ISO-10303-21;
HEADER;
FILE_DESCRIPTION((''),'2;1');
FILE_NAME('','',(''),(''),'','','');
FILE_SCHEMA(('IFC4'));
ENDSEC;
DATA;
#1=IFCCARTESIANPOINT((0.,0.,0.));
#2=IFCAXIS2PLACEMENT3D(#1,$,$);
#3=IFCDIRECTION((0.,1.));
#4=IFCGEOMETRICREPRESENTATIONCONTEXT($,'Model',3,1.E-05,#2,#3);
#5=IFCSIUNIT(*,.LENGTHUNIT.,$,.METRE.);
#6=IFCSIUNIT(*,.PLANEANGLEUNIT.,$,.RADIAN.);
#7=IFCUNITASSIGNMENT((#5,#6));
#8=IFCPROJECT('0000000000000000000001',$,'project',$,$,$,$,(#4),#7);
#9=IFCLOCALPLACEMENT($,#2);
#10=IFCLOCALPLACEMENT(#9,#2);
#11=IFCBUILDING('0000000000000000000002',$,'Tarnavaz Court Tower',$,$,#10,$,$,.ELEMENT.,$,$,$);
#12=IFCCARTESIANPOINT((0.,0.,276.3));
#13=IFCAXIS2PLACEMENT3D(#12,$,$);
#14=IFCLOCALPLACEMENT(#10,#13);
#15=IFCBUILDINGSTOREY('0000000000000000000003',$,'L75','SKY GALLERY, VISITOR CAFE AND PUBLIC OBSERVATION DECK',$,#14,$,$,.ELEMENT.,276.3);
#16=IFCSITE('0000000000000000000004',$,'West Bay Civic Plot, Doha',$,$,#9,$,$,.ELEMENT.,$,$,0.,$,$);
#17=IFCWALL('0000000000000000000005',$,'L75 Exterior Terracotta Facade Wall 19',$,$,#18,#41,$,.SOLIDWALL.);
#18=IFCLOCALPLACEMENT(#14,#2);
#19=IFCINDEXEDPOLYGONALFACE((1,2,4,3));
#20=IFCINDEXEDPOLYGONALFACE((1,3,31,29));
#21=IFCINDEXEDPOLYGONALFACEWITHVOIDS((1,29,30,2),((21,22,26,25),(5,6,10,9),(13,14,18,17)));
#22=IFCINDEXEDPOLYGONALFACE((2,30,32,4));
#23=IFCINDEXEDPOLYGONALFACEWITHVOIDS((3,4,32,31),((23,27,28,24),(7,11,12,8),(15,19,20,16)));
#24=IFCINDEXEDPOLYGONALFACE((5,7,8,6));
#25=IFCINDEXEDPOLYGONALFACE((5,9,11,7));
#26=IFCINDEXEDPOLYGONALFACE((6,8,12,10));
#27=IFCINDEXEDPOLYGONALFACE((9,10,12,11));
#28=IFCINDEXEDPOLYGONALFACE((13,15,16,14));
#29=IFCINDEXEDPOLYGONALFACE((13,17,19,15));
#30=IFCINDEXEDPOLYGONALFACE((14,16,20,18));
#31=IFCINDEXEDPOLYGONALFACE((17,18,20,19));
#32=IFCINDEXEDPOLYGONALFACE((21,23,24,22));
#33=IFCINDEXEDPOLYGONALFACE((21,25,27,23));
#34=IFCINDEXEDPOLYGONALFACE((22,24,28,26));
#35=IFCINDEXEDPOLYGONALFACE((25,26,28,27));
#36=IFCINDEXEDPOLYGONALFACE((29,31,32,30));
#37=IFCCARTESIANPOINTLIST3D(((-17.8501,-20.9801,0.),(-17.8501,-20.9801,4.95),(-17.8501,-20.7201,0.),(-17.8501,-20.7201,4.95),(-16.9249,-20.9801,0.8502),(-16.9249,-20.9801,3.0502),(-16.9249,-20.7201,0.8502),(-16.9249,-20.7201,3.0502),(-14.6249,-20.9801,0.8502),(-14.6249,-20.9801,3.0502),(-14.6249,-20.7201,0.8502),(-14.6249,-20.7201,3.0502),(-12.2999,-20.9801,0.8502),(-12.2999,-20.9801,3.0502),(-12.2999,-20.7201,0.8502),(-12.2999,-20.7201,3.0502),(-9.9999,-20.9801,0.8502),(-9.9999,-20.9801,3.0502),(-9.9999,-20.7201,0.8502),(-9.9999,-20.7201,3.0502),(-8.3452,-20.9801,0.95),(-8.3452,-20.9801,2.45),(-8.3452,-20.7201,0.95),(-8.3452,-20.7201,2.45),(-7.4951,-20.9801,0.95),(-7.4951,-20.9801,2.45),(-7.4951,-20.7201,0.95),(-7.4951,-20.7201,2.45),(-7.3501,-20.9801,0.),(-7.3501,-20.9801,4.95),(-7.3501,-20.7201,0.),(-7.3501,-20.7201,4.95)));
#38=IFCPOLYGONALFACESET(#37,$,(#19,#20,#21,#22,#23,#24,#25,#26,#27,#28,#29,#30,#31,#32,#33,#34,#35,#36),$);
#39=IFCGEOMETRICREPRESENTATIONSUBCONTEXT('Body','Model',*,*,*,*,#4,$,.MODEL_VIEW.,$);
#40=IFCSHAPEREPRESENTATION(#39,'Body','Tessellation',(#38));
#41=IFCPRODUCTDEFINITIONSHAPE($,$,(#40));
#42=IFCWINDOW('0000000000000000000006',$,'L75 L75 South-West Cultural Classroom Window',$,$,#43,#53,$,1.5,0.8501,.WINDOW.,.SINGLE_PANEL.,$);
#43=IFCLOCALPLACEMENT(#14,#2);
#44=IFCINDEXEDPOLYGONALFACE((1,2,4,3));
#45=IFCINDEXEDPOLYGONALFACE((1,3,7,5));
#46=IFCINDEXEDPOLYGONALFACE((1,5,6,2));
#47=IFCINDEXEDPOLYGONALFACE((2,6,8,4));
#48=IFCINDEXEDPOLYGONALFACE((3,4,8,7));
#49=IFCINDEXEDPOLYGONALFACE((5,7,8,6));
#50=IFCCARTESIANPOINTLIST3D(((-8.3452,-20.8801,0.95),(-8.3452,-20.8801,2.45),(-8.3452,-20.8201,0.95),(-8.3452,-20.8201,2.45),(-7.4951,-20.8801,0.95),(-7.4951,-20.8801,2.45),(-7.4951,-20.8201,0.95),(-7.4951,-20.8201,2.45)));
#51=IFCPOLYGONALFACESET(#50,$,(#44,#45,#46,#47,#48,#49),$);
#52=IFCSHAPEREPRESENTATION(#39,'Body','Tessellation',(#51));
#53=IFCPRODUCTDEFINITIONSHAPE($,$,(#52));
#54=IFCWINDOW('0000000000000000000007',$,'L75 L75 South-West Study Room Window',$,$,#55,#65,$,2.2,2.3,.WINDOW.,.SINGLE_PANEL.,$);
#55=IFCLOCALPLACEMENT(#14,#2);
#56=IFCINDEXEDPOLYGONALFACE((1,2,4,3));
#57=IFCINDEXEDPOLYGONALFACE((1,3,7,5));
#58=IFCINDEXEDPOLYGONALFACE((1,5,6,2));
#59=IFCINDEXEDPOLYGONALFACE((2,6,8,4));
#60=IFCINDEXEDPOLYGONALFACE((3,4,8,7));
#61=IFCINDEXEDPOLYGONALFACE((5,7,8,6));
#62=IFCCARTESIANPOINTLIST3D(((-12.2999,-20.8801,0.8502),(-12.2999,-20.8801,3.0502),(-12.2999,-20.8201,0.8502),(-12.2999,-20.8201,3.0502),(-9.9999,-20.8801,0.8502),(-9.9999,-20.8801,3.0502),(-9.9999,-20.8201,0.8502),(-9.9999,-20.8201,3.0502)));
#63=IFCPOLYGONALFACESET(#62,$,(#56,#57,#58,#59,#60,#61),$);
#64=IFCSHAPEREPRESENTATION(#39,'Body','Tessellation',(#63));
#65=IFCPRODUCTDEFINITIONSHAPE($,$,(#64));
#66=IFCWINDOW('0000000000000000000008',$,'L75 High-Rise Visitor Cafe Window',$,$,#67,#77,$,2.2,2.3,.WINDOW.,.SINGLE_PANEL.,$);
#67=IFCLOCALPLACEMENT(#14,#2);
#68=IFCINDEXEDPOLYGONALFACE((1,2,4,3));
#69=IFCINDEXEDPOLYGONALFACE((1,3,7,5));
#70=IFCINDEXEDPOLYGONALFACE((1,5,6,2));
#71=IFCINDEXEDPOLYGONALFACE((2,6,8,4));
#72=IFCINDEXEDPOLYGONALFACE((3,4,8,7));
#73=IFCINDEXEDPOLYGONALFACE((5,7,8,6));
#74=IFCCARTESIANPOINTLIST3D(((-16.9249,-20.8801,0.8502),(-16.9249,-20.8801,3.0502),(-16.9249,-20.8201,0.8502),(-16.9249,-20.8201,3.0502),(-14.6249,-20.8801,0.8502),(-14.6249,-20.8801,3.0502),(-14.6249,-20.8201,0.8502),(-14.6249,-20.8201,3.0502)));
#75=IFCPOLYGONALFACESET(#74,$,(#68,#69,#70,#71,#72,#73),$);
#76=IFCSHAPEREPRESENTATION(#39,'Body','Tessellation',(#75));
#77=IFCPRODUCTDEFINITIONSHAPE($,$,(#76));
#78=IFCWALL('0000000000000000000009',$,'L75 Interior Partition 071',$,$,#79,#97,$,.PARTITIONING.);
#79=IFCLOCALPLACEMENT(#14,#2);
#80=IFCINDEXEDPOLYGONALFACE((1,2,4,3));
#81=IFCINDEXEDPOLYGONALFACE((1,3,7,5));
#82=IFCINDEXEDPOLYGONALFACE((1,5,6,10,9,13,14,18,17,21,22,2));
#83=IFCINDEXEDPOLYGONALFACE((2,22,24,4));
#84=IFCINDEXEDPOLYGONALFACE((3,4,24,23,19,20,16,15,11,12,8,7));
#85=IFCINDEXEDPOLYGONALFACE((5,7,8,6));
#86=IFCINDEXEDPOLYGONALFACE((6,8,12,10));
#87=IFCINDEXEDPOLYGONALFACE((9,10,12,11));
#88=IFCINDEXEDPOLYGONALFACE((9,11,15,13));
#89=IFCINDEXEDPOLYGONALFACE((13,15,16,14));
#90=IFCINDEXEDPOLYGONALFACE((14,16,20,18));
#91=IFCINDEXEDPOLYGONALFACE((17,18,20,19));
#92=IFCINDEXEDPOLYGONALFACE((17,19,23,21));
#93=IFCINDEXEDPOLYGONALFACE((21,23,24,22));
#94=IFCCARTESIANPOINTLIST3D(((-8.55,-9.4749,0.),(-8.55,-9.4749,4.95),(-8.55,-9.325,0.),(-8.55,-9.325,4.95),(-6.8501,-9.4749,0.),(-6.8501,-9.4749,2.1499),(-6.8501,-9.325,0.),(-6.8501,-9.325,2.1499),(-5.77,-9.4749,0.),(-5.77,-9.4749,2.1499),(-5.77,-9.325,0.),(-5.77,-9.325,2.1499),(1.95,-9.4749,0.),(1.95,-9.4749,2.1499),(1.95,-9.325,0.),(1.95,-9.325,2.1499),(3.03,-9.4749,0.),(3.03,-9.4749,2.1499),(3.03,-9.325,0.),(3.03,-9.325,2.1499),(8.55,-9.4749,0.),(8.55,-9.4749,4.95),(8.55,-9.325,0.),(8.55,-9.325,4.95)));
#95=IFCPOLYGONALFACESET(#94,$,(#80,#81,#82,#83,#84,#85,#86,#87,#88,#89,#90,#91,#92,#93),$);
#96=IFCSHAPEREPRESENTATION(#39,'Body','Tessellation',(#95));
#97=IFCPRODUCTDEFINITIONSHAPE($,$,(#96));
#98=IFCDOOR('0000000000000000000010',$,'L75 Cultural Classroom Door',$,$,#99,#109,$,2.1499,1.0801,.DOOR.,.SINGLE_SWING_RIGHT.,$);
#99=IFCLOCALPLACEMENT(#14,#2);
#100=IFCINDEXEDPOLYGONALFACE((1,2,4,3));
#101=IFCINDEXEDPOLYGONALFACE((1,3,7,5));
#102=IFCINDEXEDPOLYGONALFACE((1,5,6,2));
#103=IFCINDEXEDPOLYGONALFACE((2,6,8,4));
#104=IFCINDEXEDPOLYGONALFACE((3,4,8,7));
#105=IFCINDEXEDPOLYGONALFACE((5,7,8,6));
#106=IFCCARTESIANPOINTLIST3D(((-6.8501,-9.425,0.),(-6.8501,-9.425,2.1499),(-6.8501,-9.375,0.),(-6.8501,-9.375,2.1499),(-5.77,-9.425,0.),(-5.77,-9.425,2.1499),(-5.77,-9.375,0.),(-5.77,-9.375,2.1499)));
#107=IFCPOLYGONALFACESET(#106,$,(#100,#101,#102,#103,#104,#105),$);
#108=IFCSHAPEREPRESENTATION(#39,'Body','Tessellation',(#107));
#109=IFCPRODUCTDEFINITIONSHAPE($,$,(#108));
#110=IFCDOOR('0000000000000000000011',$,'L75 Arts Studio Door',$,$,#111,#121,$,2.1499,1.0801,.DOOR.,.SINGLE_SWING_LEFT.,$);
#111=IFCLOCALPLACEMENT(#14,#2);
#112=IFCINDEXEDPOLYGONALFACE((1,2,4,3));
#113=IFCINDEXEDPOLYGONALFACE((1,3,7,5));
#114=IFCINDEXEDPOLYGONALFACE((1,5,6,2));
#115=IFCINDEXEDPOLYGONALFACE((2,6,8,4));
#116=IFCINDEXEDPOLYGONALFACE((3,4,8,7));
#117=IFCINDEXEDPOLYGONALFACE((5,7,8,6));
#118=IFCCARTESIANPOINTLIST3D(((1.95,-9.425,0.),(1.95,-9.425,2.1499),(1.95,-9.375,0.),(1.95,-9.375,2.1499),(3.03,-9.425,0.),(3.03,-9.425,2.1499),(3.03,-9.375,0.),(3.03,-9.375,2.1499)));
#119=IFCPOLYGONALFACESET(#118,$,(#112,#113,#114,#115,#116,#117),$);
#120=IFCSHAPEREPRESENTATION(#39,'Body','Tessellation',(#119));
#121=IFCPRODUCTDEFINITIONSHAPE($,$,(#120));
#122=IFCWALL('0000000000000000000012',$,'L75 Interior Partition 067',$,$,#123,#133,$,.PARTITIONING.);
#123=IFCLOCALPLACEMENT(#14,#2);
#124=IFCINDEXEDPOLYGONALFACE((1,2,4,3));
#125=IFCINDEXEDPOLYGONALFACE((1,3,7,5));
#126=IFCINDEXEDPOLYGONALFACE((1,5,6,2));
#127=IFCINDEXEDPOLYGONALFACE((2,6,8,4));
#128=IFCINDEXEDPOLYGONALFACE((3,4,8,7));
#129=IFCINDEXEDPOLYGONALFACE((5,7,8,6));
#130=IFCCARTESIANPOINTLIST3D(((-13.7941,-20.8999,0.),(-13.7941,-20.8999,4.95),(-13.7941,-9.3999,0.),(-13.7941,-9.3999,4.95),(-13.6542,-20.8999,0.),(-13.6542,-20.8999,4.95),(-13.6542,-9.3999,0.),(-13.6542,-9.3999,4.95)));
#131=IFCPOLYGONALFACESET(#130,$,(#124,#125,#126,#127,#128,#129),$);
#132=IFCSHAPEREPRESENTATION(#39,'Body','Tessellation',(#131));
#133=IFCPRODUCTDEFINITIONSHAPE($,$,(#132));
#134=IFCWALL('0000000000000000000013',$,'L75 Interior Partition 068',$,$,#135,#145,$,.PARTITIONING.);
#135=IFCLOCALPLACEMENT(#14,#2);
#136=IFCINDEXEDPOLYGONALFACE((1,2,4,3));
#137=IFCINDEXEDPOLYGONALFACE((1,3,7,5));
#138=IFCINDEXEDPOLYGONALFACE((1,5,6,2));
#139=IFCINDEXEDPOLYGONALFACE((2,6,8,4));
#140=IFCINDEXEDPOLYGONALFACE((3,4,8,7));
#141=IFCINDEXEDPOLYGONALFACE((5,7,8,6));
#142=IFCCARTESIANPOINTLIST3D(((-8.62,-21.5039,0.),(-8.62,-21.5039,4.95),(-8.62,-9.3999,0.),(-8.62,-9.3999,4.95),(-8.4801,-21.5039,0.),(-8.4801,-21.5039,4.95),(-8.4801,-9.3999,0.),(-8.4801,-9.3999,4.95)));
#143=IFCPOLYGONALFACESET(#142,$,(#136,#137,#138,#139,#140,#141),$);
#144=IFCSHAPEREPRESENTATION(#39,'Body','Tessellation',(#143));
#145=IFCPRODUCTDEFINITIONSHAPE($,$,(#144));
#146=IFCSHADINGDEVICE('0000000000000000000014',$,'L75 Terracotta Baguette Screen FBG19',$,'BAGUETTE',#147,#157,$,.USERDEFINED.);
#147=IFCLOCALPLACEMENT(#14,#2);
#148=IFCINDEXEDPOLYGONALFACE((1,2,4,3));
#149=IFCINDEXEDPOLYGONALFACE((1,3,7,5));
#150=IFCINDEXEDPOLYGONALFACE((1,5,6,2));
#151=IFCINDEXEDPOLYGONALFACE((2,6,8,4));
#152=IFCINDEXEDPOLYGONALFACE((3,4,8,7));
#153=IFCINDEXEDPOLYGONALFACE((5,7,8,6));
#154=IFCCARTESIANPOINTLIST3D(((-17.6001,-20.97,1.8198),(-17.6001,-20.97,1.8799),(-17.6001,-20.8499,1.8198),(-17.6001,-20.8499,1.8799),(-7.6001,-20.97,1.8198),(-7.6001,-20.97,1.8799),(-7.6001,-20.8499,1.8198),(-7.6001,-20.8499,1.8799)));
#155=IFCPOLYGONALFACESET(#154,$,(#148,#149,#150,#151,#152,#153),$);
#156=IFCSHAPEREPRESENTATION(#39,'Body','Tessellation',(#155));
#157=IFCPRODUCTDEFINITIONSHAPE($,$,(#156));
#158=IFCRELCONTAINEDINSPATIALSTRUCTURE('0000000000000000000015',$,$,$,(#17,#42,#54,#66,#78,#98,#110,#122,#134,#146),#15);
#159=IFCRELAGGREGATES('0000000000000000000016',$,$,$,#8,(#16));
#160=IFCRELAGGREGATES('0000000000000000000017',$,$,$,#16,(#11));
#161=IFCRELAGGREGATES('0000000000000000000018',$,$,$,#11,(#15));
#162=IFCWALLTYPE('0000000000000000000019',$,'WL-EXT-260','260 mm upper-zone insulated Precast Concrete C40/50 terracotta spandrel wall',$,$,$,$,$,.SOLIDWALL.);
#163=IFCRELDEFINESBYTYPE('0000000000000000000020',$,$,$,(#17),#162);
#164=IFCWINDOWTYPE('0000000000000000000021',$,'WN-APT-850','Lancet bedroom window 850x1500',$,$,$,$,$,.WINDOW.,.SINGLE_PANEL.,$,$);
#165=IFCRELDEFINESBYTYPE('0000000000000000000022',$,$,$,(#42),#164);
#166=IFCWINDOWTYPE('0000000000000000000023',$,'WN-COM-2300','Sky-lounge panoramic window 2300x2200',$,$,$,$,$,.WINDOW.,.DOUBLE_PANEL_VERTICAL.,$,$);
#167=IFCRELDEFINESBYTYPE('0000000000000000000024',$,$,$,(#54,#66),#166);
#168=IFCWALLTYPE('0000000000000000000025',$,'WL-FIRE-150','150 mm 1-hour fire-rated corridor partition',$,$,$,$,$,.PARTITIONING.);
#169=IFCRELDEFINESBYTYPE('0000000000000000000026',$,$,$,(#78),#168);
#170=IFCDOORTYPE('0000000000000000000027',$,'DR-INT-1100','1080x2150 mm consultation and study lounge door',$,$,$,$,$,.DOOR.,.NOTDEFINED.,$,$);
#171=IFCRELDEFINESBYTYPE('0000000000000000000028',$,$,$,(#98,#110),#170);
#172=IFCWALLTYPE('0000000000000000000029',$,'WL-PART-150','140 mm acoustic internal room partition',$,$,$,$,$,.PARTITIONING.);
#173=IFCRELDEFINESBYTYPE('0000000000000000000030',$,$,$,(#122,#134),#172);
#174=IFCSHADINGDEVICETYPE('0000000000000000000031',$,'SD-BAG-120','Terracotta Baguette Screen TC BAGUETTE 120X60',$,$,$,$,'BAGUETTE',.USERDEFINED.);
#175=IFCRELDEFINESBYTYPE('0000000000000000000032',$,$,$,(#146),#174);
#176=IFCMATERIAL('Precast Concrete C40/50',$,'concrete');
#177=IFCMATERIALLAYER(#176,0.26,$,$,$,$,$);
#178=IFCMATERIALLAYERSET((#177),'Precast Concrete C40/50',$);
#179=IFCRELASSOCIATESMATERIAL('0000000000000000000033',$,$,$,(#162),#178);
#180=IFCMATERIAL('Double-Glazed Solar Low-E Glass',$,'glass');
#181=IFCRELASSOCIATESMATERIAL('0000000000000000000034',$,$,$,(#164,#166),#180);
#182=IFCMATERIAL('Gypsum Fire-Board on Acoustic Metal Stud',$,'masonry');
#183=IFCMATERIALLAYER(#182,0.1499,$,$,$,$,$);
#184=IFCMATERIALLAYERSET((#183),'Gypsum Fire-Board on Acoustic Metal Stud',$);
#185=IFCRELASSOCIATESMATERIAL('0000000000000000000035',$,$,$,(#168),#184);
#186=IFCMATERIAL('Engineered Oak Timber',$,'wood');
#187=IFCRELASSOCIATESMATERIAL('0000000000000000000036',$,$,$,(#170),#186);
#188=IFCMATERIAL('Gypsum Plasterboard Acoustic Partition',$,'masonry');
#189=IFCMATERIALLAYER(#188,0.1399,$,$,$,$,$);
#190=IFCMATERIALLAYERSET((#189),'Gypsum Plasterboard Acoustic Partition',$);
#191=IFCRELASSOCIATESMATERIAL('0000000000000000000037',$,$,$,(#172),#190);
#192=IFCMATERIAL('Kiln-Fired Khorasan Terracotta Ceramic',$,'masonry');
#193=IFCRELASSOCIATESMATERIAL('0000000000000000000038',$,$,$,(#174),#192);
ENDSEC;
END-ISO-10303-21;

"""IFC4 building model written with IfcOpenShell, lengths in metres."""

from ifc_helpers import new_model, si_unit, direction, frame, frame_2d, origin, origin_2d, place, context, subcontext, project, spatial, rectangle, extrude, material, layer, layer_set, material_profile, profile_set, type_object, element, fill, save


model = new_model("IFC4")

# Units and contexts
model_context = context("Model", 3, precision=1e-05, world=origin(), true_north=direction((0.0, 1.0)))
body_context = subcontext(model_context, "Body", "Model", "MODEL_VIEW")
ifc_project = project(units=[si_unit("LENGTHUNIT", "METRE"), si_unit("PLANEANGLEUNIT", "RADIAN")], contexts=[model_context])

# Site, building, storey
site_placement = place(None, origin())
site = spatial("IfcSite", under=ifc_project, at=site_placement, Name="West Bay Civic Plot, Doha", CompositionType="ELEMENT", RefElevation=0.0)
building_placement = place(site_placement, origin())
building = spatial("IfcBuilding", under=site, at=building_placement, Name="Tarnavaz Court Tower", CompositionType="ELEMENT")
storey_placement = place(building_placement, frame((0.0, 0.0, 276.3)))
storey = spatial("IfcBuildingStorey", under=building, at=storey_placement, Name="L75", Description="SKY GALLERY, VISITOR CAFE AND PUBLIC OBSERVATION DECK", CompositionType="ELEMENT", Elevation=276.3)

# Wall, openings, windows
ifc_material_1 = material(Name="Precast Concrete C40/50", Category="concrete")
ifc_layer_1 = layer(ifc_material_1, 0.26)
ifc_layer_set_1 = layer_set([ifc_layer_1], Name="Precast Concrete C40/50")
wall_type_1 = type_object("IfcWallType", Name="WL-EXT-260", Description="260 mm upper-zone insulated Precast Concrete C40/50 terracotta spandrel wall", PredefinedType="SOLIDWALL", material=ifc_layer_set_1)
ifc_material_2 = material(Name="Double-Glazed Solar Low-E Glass", Category="glass")
wall_1_placement = place(storey_placement, frame((-7.3501, -20.8501, 0.0), z_axis=(0.0, 0.0, 1.0), x_axis=(-1.0, 0.0, 0.0)))
wall_1 = element("IfcWall", 1, at=wall_1_placement, inside=storey, type_object=wall_type_1, Name="L75 Exterior Terracotta Facade Wall 19", PredefinedType="SOLIDWALL", context=body_context, shape_type="SweptSolid", body=[
    extrude(rectangle(XDim=10.5, YDim=0.26, at=frame_2d((5.25, 0.0))), origin(), (0.0, 0.0, 1.0), 4.95),
])
opening_1_placement = place(wall_1_placement, frame((0.145, 0.0, 0.95)))
opening_1 = element("IfcOpeningElement", 2, at=opening_1_placement, cuts=wall_1, PredefinedType="OPENING", context=body_context, shape_type="SweptSolid", body=[
    extrude(rectangle(XDim=0.8501, YDim=1.5, at=frame_2d((0.425, 0.75))), frame((0.0, 0.1399, 0.0), z_axis=(0.0, -1.0, 0.0), x_axis=(1.0, 0.0, 0.0)), (0.0, 0.0, 1.0), 0.28),
])
opening_2_placement = place(wall_1_placement, frame((2.6499, 0.0, 0.8501)))
opening_2 = element("IfcOpeningElement", 3, at=opening_2_placement, cuts=wall_1, PredefinedType="OPENING", context=body_context, shape_type="SweptSolid", body=[
    extrude(rectangle(XDim=2.3, YDim=2.2, at=frame_2d((1.1499, 1.1001))), frame((0.0, 0.1399, 0.0), z_axis=(0.0, -1.0, 0.0), x_axis=(1.0, 0.0, 0.0)), (0.0, 0.0, 1.0), 0.28),
])
opening_3_placement = place(wall_1_placement, frame((7.2749, 0.0, 0.8501)))
opening_3 = element("IfcOpeningElement", 4, at=opening_3_placement, cuts=wall_1, PredefinedType="OPENING", context=body_context, shape_type="SweptSolid", body=[
    extrude(rectangle(XDim=2.3, YDim=2.2, at=frame_2d((1.1499, 1.1001))), frame((0.0, 0.1399, 0.0), z_axis=(0.0, -1.0, 0.0), x_axis=(1.0, 0.0, 0.0)), (0.0, 0.0, 1.0), 0.28),
])
window_type_1 = type_object("IfcWindowType", Name="WN-APT-850", Description="Lancet bedroom window 850x1500", PartitioningType="SINGLE_PANEL", PredefinedType="WINDOW", material=ifc_material_2)
window_1_placement = place(opening_1_placement, origin())
window_1 = element("IfcWindow", 5, at=window_1_placement, inside=storey, type_object=window_type_1, Name="L75 L75 South-West Cultural Classroom Window", OverallHeight=1.5, OverallWidth=0.8501, PartitioningType="SINGLE_PANEL", PredefinedType="WINDOW", context=body_context, shape_type="SweptSolid", body=[
    extrude(rectangle(XDim=0.8501, YDim=1.5, at=frame_2d((0.425, 0.75))), frame((0.0, 0.03, 0.0), z_axis=(0.0, -1.0, 0.0), x_axis=(1.0, 0.0, 0.0)), (0.0, 0.0, 1.0), 0.0601),
])
fill(opening_1, window_1)
window_type_2 = type_object("IfcWindowType", Name="WN-COM-2300", Description="Sky-lounge panoramic window 2300x2200", PartitioningType="DOUBLE_PANEL_VERTICAL", PredefinedType="WINDOW", material=ifc_material_2)
window_2_placement = place(opening_2_placement, origin())
window_2 = element("IfcWindow", 6, at=window_2_placement, inside=storey, type_object=window_type_2, Name="L75 L75 South-West Study Room Window", OverallHeight=2.2, OverallWidth=2.3, PartitioningType="SINGLE_PANEL", PredefinedType="WINDOW", context=body_context, shape_type="SweptSolid", body=[
    extrude(rectangle(XDim=2.3, YDim=2.2, at=frame_2d((1.1499, 1.1001))), frame((0.0, 0.03, 0.0), z_axis=(0.0, -1.0, 0.0), x_axis=(1.0, 0.0, 0.0)), (0.0, 0.0, 1.0), 0.0601),
])
fill(opening_2, window_2)
window_3_placement = place(opening_3_placement, origin())
window_3 = element("IfcWindow", 7, at=window_3_placement, inside=storey, type_object=window_type_2, Name="L75 High-Rise Visitor Cafe Window", OverallHeight=2.2, OverallWidth=2.3, PartitioningType="SINGLE_PANEL", PredefinedType="WINDOW", context=body_context, shape_type="SweptSolid", body=[
    extrude(rectangle(XDim=2.3, YDim=2.2, at=frame_2d((1.1499, 1.1001))), frame((0.0, 0.03, 0.0), z_axis=(0.0, -1.0, 0.0), x_axis=(1.0, 0.0, 0.0)), (0.0, 0.0, 1.0), 0.0601),
])
fill(opening_3, window_3)

# Wall, openings, doors
ifc_material_3 = material(Name="Gypsum Fire-Board on Acoustic Metal Stud", Category="masonry")
ifc_layer_2 = layer(ifc_material_3, 0.1499)
ifc_layer_set_2 = layer_set([ifc_layer_2], Name="Gypsum Fire-Board on Acoustic Metal Stud")
wall_type_2 = type_object("IfcWallType", Name="WL-FIRE-150", Description="150 mm 1-hour fire-rated corridor partition", PredefinedType="PARTITIONING", material=ifc_layer_set_2)
wall_2_placement = place(storey_placement, frame((-8.55, -9.3999, 0.0), z_axis=(0.0, 0.0, 1.0), x_axis=(1.0, 0.0, 0.0)))
wall_2 = element("IfcWall", 8, at=wall_2_placement, inside=storey, type_object=wall_type_2, Name="L75 Interior Partition 071", PredefinedType="PARTITIONING", context=body_context, shape_type="SweptSolid", body=[
    extrude(rectangle(XDim=17.1001, YDim=0.1499, at=frame_2d((8.55, 0.0))), origin(), (0.0, 0.0, 1.0), 4.95),
])
opening_4_placement = place(wall_2_placement, frame((1.7, 0.0, 0.0)))
opening_4 = element("IfcOpeningElement", 9, at=opening_4_placement, cuts=wall_2, PredefinedType="OPENING", context=body_context, shape_type="SweptSolid", body=[
    extrude(rectangle(XDim=1.0801, YDim=2.1499, at=frame_2d((0.54, 1.075))), frame((0.0, 0.085, 0.0), z_axis=(0.0, -1.0, 0.0), x_axis=(1.0, 0.0, 0.0)), (0.0, 0.0, 1.0), 0.1699),
])
opening_5_placement = place(wall_2_placement, frame((10.5, 0.0, 0.0)))
opening_5 = element("IfcOpeningElement", 10, at=opening_5_placement, cuts=wall_2, PredefinedType="OPENING", context=body_context, shape_type="SweptSolid", body=[
    extrude(rectangle(XDim=1.0801, YDim=2.1499, at=frame_2d((0.54, 1.075))), frame((0.0, 0.085, 0.0), z_axis=(0.0, -1.0, 0.0), x_axis=(1.0, 0.0, 0.0)), (0.0, 0.0, 1.0), 0.1699),
])
ifc_material_4 = material(Name="Engineered Oak Timber", Category="wood")
door_type = type_object("IfcDoorType", Name="DR-INT-1100", Description="1080x2150 mm consultation and study lounge door", OperationType="NOTDEFINED", PredefinedType="DOOR", material=ifc_material_4)
door_1_placement = place(opening_4_placement, origin())
door_1 = element("IfcDoor", 11, at=door_1_placement, inside=storey, type_object=door_type, Name="L75 Cultural Classroom Door", OperationType="SINGLE_SWING_RIGHT", OverallHeight=2.1499, OverallWidth=1.0801, PredefinedType="DOOR", context=body_context, shape_type="SweptSolid", body=[
    extrude(rectangle(XDim=1.0801, YDim=2.1499, at=frame_2d((0.54, 1.075))), frame((0.0, 0.0249, 0.0), z_axis=(0.0, -1.0, 0.0), x_axis=(1.0, 0.0, 0.0)), (0.0, 0.0, 1.0), 0.05),
])
fill(opening_4, door_1)
door_2_placement = place(opening_5_placement, origin())
door_2 = element("IfcDoor", 12, at=door_2_placement, inside=storey, type_object=door_type, Name="L75 Arts Studio Door", OperationType="SINGLE_SWING_LEFT", OverallHeight=2.1499, OverallWidth=1.0801, PredefinedType="DOOR", context=body_context, shape_type="SweptSolid", body=[
    extrude(rectangle(XDim=1.0801, YDim=2.1499, at=frame_2d((0.54, 1.075))), frame((0.0, 0.0249, 0.0), z_axis=(0.0, -1.0, 0.0), x_axis=(1.0, 0.0, 0.0)), (0.0, 0.0, 1.0), 0.05),
])
fill(opening_5, door_2)

# Walls
ifc_material_5 = material(Name="Gypsum Plasterboard Acoustic Partition", Category="masonry")
ifc_layer_3 = layer(ifc_material_5, 0.1399)
ifc_layer_set_3 = layer_set([ifc_layer_3], Name="Gypsum Plasterboard Acoustic Partition")
wall_type_3 = type_object("IfcWallType", Name="WL-PART-150", Description="140 mm acoustic internal room partition", PredefinedType="PARTITIONING", material=ifc_layer_set_3)
wall_3_placement = place(storey_placement, frame((-13.7241, -20.8999, 0.0), z_axis=(0.0, 0.0, 1.0), x_axis=(0.0, 1.0, 0.0)))
element("IfcWall", 13, at=wall_3_placement, inside=storey, type_object=wall_type_3, Name="L75 Interior Partition 067", PredefinedType="PARTITIONING", context=body_context, shape_type="SweptSolid", body=[
    extrude(rectangle(XDim=11.5, YDim=0.1399, at=frame_2d((5.75, 0.0))), origin(), (0.0, 0.0, 1.0), 4.95),
])
wall_4_placement = place(storey_placement, frame((-8.55, -21.5039, 0.0), z_axis=(0.0, 0.0, 1.0), x_axis=(0.0, 1.0, 0.0)))
element("IfcWall", 14, at=wall_4_placement, inside=storey, type_object=wall_type_3, Name="L75 Interior Partition 068", PredefinedType="PARTITIONING", context=body_context, shape_type="SweptSolid", body=[
    extrude(rectangle(XDim=12.104, YDim=0.1399, at=frame_2d((6.052, 0.0))), origin(), (0.0, 0.0, 1.0), 4.95),
])

# Shading device
ifc_material_6 = material(Name="Kiln-Fired Khorasan Terracotta Ceramic", Category="masonry")
ifc_material_profile_1 = material_profile(ifc_material_6, rectangle(XDim=0.1201, YDim=0.0601, at=origin_2d()), Name="TC BAGUETTE 120X60")
ifc_profile_set_1 = profile_set([ifc_material_profile_1], Name="Kiln-Fired Khorasan Terracotta Ceramic")
shading_device_type = type_object("IfcShadingDeviceType", Name="SD-BAG-120", Description="Terracotta Baguette Screen TC BAGUETTE 120X60", ElementType="BAGUETTE", PredefinedType="USERDEFINED", material=ifc_profile_set_1)
shading_device_placement = place(storey_placement, frame((-7.6001, -20.9099, 1.8499), z_axis=(-1.0, 0.0, 0.0), x_axis=(0.0, -1.0, 0.0)))
element("IfcShadingDevice", 15, at=shading_device_placement, inside=storey, type_object=shading_device_type, Name="L75 Terracotta Baguette Screen FBG19", ObjectType="BAGUETTE", PredefinedType="USERDEFINED", context=body_context, shape_type="SweptSolid", body=[
    extrude(rectangle(XDim=0.1201, YDim=0.0601, at=origin_2d()), origin(), (0.0, 0.0, 1.0), 10.0),
])

save(model, "model.ifc")
